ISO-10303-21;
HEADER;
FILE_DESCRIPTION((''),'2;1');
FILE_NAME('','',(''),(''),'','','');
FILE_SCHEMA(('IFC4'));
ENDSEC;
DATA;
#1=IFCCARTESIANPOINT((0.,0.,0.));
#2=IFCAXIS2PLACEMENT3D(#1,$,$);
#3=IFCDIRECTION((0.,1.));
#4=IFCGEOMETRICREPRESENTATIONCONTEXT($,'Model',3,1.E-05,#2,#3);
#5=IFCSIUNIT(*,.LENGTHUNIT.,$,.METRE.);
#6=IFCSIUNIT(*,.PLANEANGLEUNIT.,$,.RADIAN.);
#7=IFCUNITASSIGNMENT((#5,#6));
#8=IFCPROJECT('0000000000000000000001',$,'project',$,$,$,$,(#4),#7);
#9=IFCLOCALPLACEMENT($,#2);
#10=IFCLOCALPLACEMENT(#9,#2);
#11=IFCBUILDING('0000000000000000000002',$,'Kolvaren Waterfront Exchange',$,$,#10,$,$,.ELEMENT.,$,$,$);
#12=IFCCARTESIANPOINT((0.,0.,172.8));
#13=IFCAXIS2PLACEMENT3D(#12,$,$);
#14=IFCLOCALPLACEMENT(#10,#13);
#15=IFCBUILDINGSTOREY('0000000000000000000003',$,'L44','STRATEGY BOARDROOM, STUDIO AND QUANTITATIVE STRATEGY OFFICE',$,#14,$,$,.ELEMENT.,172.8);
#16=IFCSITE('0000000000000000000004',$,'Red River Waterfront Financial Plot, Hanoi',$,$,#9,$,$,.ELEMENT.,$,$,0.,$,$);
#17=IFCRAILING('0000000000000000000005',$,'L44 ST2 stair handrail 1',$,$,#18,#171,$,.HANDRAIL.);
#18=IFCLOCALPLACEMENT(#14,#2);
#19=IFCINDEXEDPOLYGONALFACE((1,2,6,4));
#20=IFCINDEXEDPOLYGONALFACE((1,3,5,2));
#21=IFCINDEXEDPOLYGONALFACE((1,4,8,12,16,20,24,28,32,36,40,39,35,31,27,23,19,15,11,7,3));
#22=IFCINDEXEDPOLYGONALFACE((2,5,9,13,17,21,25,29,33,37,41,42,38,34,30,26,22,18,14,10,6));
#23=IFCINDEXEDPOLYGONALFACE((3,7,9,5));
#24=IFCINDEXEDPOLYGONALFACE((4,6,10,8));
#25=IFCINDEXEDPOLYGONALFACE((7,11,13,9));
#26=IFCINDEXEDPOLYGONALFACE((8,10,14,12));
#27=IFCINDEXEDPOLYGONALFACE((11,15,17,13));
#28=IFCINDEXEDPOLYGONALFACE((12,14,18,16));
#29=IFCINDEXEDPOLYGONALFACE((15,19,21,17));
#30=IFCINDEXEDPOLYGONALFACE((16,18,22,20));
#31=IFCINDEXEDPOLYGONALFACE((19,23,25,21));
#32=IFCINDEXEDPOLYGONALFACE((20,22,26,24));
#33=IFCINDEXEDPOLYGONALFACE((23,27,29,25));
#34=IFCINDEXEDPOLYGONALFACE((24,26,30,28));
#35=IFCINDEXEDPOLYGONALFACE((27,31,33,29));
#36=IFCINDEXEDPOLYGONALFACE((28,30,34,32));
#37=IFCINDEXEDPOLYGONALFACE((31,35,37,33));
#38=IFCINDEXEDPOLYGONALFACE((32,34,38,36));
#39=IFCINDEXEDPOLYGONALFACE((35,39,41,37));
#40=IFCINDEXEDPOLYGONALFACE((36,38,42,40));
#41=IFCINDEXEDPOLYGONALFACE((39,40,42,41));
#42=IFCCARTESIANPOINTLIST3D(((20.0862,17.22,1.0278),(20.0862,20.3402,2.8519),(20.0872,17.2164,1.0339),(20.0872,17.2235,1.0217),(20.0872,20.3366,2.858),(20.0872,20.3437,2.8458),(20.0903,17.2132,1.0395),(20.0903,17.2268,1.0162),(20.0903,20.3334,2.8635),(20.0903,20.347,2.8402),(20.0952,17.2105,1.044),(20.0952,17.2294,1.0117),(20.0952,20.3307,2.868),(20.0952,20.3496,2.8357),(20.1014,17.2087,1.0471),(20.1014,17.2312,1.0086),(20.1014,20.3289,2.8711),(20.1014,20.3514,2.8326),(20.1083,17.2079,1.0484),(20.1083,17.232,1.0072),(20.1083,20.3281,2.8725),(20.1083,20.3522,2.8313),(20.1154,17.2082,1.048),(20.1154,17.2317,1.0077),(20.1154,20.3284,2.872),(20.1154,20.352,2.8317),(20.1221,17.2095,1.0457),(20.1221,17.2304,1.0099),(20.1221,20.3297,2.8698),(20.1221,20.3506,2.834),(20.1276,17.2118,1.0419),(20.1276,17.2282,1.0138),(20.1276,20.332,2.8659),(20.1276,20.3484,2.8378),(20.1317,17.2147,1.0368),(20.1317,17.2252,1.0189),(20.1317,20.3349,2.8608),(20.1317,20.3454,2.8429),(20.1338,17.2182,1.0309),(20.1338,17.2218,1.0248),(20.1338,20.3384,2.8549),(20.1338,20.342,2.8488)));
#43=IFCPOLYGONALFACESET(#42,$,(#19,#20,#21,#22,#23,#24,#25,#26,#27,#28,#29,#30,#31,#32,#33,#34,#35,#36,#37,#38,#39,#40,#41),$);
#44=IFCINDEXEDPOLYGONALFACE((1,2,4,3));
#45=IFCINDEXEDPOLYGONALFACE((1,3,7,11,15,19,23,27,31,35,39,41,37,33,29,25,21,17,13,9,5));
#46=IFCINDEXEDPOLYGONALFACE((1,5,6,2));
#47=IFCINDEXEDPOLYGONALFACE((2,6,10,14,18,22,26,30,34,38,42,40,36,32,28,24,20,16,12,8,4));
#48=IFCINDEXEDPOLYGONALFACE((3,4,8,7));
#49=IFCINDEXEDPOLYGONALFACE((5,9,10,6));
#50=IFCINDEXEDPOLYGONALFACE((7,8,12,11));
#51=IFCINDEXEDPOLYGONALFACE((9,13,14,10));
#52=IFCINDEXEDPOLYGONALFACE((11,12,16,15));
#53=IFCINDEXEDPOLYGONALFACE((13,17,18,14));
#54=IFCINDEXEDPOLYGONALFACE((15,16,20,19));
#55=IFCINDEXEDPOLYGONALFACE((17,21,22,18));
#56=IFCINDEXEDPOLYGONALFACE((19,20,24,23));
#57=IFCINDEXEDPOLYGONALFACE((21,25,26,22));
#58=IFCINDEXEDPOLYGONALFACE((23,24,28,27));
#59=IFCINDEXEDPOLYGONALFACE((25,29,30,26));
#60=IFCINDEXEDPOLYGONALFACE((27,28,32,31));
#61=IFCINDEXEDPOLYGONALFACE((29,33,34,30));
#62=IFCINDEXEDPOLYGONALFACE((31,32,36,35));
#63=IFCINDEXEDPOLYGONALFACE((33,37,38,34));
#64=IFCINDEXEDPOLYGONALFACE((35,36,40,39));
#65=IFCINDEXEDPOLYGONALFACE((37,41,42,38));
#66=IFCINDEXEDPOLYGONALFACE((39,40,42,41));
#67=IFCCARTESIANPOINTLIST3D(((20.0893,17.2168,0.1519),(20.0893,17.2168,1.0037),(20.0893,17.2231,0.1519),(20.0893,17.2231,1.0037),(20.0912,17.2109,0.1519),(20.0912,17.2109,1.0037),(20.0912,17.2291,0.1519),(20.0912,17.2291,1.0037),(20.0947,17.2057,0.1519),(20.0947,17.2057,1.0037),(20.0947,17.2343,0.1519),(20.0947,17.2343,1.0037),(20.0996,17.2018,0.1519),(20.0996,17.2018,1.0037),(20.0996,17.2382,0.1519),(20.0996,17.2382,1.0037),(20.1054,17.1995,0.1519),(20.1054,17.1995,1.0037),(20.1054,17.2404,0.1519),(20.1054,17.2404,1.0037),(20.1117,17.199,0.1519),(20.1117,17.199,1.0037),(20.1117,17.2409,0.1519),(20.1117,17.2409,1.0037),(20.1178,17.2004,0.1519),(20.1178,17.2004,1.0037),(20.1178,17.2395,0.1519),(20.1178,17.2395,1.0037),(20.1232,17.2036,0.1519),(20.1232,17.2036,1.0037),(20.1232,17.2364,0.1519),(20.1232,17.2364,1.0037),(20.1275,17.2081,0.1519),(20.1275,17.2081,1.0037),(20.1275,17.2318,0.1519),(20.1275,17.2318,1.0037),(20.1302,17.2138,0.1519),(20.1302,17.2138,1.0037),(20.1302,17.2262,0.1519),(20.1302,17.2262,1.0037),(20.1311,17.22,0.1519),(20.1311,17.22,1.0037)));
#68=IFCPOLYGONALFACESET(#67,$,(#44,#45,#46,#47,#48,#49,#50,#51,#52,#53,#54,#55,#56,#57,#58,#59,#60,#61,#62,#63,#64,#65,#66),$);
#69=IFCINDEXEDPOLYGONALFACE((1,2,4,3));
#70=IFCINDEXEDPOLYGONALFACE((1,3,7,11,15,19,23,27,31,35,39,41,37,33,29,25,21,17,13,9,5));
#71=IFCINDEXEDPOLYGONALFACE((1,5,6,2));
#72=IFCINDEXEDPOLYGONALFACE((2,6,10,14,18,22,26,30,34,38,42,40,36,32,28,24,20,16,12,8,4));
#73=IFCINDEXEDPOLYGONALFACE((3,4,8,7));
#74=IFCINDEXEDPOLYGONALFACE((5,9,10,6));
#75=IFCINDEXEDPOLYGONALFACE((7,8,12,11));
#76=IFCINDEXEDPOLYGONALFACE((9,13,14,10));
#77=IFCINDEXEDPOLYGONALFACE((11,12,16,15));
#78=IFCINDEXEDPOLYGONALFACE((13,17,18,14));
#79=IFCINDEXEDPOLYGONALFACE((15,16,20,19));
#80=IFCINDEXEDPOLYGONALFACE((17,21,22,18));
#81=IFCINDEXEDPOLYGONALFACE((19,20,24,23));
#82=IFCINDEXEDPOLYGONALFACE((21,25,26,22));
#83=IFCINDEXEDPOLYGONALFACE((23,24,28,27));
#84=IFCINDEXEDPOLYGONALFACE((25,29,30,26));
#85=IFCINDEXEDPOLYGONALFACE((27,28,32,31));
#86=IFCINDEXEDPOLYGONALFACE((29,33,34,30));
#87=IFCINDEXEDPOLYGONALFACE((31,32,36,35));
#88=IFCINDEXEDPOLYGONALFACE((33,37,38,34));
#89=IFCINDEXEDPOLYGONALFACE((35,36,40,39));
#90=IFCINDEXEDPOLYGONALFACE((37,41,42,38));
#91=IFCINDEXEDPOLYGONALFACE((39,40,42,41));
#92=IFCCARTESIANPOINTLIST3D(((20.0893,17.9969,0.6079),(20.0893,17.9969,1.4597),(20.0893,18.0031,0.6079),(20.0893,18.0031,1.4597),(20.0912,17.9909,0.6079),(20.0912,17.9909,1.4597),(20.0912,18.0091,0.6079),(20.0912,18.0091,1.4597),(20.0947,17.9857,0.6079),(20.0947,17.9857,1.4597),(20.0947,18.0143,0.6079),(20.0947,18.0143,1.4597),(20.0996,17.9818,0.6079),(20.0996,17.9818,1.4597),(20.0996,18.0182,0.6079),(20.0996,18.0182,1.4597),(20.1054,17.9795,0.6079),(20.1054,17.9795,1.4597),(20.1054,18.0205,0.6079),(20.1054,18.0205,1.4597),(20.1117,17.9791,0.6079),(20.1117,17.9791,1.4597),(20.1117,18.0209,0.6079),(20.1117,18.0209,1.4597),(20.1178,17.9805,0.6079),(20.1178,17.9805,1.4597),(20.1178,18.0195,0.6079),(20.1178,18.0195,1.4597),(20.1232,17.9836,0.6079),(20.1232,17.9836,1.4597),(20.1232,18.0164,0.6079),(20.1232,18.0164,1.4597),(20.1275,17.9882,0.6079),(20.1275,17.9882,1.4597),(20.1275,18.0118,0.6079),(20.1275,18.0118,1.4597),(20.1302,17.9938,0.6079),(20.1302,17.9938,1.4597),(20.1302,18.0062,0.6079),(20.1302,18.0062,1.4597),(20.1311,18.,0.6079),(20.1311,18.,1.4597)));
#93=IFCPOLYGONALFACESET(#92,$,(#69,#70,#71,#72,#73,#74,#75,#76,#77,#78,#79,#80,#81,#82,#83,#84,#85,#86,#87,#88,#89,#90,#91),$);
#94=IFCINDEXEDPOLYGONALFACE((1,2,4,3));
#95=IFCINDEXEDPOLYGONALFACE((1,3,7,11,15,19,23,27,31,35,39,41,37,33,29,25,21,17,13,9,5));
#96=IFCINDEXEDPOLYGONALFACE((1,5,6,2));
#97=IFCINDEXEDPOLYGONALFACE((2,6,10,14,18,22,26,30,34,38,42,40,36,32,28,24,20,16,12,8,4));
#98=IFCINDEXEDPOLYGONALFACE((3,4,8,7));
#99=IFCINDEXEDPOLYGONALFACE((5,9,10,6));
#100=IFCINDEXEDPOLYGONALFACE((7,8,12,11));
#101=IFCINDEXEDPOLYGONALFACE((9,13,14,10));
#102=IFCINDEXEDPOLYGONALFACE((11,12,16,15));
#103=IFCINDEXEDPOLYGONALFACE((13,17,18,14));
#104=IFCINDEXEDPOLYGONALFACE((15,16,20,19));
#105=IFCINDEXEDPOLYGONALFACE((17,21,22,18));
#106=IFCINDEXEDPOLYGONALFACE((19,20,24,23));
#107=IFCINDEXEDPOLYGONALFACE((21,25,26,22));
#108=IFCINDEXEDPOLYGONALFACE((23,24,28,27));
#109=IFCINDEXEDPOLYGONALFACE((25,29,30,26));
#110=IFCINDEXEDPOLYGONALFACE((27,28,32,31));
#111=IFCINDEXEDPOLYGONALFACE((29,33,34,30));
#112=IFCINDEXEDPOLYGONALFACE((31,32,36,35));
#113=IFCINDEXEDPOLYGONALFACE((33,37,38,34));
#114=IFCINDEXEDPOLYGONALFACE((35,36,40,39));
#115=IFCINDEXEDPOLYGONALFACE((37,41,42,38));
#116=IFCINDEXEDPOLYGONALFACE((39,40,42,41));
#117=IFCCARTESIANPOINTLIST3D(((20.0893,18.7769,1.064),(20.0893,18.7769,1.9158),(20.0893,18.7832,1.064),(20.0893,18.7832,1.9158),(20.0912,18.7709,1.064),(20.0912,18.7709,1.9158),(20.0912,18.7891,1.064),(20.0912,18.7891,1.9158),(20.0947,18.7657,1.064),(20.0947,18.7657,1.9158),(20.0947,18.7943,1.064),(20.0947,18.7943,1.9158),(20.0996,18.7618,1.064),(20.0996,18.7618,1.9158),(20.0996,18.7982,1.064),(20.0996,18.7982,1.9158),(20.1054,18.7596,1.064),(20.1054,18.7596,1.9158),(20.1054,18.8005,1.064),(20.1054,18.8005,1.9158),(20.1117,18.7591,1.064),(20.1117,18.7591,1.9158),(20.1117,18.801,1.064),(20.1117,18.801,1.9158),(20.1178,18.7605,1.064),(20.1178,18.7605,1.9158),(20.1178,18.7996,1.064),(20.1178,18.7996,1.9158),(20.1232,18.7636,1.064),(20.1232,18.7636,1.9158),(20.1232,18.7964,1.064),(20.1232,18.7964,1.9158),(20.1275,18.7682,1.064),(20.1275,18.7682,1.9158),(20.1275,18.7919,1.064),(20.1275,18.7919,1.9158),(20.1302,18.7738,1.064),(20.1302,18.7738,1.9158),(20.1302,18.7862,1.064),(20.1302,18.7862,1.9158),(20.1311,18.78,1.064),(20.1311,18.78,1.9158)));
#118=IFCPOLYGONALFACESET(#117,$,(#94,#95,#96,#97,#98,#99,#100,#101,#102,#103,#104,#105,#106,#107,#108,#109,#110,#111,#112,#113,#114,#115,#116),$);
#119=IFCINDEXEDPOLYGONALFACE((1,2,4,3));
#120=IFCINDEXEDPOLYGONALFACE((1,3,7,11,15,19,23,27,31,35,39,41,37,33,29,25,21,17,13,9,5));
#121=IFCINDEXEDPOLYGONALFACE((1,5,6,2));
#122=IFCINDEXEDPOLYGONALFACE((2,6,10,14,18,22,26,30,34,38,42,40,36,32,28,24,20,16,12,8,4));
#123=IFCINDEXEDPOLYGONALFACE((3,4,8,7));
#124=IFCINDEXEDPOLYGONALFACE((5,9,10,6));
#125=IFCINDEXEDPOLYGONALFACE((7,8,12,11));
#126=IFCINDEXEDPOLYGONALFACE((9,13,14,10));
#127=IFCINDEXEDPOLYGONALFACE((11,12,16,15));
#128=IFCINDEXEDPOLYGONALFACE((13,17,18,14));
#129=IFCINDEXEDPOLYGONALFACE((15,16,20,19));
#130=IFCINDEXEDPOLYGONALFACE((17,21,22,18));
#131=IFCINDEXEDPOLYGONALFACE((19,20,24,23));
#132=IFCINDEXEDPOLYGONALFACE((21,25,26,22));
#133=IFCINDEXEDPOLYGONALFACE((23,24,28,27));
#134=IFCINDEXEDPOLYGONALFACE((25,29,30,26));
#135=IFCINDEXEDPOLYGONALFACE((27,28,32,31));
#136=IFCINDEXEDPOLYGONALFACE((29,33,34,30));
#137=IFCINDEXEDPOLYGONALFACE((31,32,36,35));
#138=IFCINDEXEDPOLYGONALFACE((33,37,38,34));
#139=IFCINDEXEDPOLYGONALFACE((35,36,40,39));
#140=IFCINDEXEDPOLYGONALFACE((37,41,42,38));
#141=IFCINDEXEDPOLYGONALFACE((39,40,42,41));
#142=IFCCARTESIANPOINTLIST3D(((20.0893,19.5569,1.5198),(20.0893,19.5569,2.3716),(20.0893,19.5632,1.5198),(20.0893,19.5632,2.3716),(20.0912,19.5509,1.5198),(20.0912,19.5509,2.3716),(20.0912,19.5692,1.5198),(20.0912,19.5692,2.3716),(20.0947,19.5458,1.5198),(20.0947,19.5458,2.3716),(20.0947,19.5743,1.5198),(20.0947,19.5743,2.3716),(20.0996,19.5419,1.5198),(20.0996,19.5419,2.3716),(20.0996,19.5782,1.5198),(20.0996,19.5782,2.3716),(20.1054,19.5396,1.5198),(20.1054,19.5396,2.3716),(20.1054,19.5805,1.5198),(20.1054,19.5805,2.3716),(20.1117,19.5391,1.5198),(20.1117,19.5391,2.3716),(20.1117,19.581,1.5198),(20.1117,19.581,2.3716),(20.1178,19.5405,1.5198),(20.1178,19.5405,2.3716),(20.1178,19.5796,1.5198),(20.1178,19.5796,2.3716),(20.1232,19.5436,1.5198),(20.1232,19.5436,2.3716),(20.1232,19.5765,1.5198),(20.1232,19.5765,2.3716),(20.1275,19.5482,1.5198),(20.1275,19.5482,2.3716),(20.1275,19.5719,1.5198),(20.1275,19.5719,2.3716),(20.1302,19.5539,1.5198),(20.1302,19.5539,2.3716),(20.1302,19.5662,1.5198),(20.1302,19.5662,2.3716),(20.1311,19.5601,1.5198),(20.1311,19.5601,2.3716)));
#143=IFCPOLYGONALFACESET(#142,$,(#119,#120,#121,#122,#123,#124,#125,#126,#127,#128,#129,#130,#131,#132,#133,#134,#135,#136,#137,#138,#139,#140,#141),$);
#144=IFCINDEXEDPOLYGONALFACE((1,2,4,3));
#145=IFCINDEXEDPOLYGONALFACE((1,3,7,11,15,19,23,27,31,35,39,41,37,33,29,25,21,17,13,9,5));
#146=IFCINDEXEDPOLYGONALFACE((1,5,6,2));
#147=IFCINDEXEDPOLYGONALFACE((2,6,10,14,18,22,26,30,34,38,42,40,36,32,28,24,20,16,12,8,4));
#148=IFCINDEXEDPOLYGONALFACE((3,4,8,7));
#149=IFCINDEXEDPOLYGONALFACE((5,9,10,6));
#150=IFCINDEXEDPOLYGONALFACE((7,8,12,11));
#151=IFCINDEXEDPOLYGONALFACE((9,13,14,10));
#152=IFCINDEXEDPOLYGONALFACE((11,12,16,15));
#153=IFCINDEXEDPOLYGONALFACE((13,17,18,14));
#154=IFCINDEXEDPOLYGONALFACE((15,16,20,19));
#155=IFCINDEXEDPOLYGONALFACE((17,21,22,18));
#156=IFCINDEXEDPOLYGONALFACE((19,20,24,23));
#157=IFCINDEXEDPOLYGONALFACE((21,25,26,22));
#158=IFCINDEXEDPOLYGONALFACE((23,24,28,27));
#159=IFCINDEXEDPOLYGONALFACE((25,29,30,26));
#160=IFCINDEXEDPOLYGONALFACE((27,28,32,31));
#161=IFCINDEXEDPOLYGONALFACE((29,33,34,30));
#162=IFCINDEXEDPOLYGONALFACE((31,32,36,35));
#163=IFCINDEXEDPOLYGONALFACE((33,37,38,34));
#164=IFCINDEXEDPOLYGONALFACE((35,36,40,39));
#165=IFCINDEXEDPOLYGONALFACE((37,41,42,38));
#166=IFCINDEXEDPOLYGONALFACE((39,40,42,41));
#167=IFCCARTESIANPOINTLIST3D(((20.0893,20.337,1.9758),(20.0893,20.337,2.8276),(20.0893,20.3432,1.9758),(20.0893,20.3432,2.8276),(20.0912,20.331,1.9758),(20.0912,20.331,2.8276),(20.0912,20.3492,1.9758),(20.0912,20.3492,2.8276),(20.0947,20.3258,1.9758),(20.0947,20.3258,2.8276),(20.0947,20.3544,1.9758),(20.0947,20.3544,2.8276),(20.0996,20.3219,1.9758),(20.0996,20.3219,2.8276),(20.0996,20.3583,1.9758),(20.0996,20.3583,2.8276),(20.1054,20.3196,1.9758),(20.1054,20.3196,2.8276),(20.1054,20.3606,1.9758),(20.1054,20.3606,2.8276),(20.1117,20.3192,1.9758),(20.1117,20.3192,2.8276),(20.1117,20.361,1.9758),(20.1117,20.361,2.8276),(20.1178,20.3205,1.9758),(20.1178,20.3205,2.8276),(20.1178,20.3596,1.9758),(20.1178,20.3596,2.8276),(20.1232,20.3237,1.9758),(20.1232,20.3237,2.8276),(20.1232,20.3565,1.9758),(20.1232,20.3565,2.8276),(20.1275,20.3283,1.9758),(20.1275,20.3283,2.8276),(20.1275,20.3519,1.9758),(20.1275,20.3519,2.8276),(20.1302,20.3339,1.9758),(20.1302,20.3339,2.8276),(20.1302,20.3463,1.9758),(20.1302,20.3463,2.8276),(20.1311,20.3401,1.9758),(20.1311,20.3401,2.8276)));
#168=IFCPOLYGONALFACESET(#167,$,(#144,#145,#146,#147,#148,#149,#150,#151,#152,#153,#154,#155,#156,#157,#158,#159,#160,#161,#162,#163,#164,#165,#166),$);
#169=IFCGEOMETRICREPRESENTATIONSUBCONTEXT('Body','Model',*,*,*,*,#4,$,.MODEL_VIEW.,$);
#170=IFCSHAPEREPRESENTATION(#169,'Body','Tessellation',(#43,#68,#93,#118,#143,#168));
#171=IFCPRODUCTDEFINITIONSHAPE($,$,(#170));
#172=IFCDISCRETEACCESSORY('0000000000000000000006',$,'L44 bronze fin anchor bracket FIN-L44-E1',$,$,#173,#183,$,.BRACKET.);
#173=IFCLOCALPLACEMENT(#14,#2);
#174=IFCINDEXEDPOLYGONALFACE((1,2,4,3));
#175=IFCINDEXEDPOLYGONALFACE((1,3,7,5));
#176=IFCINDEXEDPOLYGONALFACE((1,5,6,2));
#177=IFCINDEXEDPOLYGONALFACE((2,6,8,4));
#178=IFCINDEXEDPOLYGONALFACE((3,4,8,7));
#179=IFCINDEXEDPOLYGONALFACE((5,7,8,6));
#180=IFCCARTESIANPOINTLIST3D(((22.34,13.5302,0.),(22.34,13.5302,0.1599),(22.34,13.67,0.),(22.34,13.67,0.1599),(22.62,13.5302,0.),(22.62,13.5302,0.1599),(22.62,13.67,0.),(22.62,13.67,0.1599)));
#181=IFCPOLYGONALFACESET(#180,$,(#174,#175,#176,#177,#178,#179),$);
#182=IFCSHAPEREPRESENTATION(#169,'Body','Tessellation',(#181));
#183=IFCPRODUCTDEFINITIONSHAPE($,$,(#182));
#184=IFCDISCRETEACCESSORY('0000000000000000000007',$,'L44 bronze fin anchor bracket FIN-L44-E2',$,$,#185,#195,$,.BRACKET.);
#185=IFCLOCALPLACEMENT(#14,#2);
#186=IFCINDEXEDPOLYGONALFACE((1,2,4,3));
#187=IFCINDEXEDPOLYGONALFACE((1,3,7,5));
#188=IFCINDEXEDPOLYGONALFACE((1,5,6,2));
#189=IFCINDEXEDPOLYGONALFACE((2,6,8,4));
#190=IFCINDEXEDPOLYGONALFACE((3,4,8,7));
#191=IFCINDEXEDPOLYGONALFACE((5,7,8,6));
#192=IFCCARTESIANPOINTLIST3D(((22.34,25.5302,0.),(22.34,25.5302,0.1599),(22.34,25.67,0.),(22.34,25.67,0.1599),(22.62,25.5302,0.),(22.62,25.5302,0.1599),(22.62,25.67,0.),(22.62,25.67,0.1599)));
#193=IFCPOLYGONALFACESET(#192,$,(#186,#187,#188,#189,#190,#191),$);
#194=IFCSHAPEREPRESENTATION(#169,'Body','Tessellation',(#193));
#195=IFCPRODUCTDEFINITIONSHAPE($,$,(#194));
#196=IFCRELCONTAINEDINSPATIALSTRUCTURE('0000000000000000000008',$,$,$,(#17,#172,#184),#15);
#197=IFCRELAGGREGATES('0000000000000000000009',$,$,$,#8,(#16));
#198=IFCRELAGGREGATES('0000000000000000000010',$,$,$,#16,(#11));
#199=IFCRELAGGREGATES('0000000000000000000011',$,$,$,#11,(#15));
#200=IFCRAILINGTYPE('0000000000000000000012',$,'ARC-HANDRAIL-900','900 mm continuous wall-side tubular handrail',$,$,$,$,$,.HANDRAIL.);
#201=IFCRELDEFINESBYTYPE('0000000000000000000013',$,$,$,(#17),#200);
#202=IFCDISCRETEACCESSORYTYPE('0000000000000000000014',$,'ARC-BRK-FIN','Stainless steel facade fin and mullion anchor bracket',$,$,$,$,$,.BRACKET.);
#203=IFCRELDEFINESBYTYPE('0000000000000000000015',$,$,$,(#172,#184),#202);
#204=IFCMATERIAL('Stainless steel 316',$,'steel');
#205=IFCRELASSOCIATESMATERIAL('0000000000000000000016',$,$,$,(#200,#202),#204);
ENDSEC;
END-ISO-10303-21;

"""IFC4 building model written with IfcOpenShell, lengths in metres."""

from ifc_helpers import new_model, si_unit, direction, frame, origin, origin_with_axes, origin_2d, place, context, subcontext, project, spatial, rectangle, circle, extrude, source, transform, mapped, material, type_object, element, save


model = new_model("IFC4")

# Units and contexts
model_context = context("Model", 3, precision=1e-05, world=origin(), true_north=direction((0.0, 1.0)))
body_context = subcontext(model_context, "Body", "Model", "MODEL_VIEW")
ifc_project = project(units=[si_unit("LENGTHUNIT", "METRE"), si_unit("PLANEANGLEUNIT", "RADIAN")], contexts=[model_context])

# Site, building, storey
site_placement = place(None, origin())
site = spatial("IfcSite", under=ifc_project, at=site_placement, Name="Red River Waterfront Financial Plot, Hanoi", CompositionType="ELEMENT", RefElevation=0.0)
building_placement = place(site_placement, origin())
building = spatial("IfcBuilding", under=site, at=building_placement, Name="Kolvaren Waterfront Exchange", CompositionType="ELEMENT")
storey_placement = place(building_placement, frame((0.0, 0.0, 172.8)))
storey = spatial("IfcBuildingStorey", under=building, at=storey_placement, Name="L44", Description="STRATEGY BOARDROOM, STUDIO AND QUANTITATIVE STRATEGY OFFICE", CompositionType="ELEMENT", Elevation=172.8)

# Railing
ifc_material_1 = material(Name="Stainless steel 316", Category="steel")
railing_type = type_object("IfcRailingType", Name="ARC-HANDRAIL-900", Description="900 mm continuous wall-side tubular handrail", PredefinedType="HANDRAIL", material=ifc_material_1)
railing_placement = place(storey_placement, frame((20.1101, 17.22, 0.1519)))
element("IfcRailing", 1, at=railing_placement, inside=storey, type_object=railing_type, Name="L44 ST2 stair handrail 1", PredefinedType="HANDRAIL", context=body_context, shape_type="SweptSolid", body=[
    extrude(circle(Radius=0.0239, at=origin_2d()), frame((0.0, 0.0, 0.876), z_axis=(0.0, 0.863308, 0.504677), x_axis=(-1.0, 0.0, 0.0)), (0.0, 0.0, 1.0), 3.6143),
    extrude(circle(Radius=0.021, at=origin_2d()), origin(), (0.0, 0.0, 1.0), 0.8518),
    extrude(circle(Radius=0.021, at=origin_2d()), frame((0.0, 0.78, 0.4561)), (0.0, 0.0, 1.0), 0.8518),
    extrude(circle(Radius=0.021, at=origin_2d()), frame((0.0, 1.5601, 0.9121)), (0.0, 0.0, 1.0), 0.8518),
    extrude(circle(Radius=0.021, at=origin_2d()), frame((0.0, 2.3401, 1.3679)), (0.0, 0.0, 1.0), 0.8518),
    extrude(circle(Radius=0.021, at=origin_2d()), frame((0.0, 3.1201, 1.824)), (0.0, 0.0, 1.0), 0.8518),
])

# Discrete accessories
discrete_accessory_type = type_object("IfcDiscreteAccessoryType", Name="ARC-BRK-FIN", Description="Stainless steel facade fin and mullion anchor bracket", PredefinedType="BRACKET", material=ifc_material_1)
shared_shape_1 = source(origin_with_axes(), body_context, "Body", "SweptSolid", [
    extrude(rectangle(XDim=0.28, YDim=0.1399, at=origin_2d()), origin(), (0.0, 0.0, 1.0), 0.1599),
])
for number, where, z_axis, x_axis, name in (
    (2, (22.48, 13.6001, 0.0), (0.0, 0.0, 1.0), (1.0, 0.0, 0.0), "L44 bronze fin anchor bracket FIN-L44-E1"),
    (3, (22.48, 25.6001, 0.0), (0.0, 0.0, 1.0), (1.0, 0.0, 0.0), "L44 bronze fin anchor bracket FIN-L44-E2"),
):
    element("IfcDiscreteAccessory", number, at=place(storey_placement, frame(where, z_axis=z_axis, x_axis=x_axis)), inside=storey, type_object=discrete_accessory_type, Name=name, PredefinedType="BRACKET", context=body_context, shape_type="MappedRepresentation", body=[
        mapped(shared_shape_1, transform((0.0, 0.0, 0.0), x_axis=(1.0, 0.0, 0.0), y_axis=(0.0, 1.0, 0.0), z_axis=(0.0, 0.0, 1.0), scale=1.0)),
    ])

save(model, "model.ifc")
